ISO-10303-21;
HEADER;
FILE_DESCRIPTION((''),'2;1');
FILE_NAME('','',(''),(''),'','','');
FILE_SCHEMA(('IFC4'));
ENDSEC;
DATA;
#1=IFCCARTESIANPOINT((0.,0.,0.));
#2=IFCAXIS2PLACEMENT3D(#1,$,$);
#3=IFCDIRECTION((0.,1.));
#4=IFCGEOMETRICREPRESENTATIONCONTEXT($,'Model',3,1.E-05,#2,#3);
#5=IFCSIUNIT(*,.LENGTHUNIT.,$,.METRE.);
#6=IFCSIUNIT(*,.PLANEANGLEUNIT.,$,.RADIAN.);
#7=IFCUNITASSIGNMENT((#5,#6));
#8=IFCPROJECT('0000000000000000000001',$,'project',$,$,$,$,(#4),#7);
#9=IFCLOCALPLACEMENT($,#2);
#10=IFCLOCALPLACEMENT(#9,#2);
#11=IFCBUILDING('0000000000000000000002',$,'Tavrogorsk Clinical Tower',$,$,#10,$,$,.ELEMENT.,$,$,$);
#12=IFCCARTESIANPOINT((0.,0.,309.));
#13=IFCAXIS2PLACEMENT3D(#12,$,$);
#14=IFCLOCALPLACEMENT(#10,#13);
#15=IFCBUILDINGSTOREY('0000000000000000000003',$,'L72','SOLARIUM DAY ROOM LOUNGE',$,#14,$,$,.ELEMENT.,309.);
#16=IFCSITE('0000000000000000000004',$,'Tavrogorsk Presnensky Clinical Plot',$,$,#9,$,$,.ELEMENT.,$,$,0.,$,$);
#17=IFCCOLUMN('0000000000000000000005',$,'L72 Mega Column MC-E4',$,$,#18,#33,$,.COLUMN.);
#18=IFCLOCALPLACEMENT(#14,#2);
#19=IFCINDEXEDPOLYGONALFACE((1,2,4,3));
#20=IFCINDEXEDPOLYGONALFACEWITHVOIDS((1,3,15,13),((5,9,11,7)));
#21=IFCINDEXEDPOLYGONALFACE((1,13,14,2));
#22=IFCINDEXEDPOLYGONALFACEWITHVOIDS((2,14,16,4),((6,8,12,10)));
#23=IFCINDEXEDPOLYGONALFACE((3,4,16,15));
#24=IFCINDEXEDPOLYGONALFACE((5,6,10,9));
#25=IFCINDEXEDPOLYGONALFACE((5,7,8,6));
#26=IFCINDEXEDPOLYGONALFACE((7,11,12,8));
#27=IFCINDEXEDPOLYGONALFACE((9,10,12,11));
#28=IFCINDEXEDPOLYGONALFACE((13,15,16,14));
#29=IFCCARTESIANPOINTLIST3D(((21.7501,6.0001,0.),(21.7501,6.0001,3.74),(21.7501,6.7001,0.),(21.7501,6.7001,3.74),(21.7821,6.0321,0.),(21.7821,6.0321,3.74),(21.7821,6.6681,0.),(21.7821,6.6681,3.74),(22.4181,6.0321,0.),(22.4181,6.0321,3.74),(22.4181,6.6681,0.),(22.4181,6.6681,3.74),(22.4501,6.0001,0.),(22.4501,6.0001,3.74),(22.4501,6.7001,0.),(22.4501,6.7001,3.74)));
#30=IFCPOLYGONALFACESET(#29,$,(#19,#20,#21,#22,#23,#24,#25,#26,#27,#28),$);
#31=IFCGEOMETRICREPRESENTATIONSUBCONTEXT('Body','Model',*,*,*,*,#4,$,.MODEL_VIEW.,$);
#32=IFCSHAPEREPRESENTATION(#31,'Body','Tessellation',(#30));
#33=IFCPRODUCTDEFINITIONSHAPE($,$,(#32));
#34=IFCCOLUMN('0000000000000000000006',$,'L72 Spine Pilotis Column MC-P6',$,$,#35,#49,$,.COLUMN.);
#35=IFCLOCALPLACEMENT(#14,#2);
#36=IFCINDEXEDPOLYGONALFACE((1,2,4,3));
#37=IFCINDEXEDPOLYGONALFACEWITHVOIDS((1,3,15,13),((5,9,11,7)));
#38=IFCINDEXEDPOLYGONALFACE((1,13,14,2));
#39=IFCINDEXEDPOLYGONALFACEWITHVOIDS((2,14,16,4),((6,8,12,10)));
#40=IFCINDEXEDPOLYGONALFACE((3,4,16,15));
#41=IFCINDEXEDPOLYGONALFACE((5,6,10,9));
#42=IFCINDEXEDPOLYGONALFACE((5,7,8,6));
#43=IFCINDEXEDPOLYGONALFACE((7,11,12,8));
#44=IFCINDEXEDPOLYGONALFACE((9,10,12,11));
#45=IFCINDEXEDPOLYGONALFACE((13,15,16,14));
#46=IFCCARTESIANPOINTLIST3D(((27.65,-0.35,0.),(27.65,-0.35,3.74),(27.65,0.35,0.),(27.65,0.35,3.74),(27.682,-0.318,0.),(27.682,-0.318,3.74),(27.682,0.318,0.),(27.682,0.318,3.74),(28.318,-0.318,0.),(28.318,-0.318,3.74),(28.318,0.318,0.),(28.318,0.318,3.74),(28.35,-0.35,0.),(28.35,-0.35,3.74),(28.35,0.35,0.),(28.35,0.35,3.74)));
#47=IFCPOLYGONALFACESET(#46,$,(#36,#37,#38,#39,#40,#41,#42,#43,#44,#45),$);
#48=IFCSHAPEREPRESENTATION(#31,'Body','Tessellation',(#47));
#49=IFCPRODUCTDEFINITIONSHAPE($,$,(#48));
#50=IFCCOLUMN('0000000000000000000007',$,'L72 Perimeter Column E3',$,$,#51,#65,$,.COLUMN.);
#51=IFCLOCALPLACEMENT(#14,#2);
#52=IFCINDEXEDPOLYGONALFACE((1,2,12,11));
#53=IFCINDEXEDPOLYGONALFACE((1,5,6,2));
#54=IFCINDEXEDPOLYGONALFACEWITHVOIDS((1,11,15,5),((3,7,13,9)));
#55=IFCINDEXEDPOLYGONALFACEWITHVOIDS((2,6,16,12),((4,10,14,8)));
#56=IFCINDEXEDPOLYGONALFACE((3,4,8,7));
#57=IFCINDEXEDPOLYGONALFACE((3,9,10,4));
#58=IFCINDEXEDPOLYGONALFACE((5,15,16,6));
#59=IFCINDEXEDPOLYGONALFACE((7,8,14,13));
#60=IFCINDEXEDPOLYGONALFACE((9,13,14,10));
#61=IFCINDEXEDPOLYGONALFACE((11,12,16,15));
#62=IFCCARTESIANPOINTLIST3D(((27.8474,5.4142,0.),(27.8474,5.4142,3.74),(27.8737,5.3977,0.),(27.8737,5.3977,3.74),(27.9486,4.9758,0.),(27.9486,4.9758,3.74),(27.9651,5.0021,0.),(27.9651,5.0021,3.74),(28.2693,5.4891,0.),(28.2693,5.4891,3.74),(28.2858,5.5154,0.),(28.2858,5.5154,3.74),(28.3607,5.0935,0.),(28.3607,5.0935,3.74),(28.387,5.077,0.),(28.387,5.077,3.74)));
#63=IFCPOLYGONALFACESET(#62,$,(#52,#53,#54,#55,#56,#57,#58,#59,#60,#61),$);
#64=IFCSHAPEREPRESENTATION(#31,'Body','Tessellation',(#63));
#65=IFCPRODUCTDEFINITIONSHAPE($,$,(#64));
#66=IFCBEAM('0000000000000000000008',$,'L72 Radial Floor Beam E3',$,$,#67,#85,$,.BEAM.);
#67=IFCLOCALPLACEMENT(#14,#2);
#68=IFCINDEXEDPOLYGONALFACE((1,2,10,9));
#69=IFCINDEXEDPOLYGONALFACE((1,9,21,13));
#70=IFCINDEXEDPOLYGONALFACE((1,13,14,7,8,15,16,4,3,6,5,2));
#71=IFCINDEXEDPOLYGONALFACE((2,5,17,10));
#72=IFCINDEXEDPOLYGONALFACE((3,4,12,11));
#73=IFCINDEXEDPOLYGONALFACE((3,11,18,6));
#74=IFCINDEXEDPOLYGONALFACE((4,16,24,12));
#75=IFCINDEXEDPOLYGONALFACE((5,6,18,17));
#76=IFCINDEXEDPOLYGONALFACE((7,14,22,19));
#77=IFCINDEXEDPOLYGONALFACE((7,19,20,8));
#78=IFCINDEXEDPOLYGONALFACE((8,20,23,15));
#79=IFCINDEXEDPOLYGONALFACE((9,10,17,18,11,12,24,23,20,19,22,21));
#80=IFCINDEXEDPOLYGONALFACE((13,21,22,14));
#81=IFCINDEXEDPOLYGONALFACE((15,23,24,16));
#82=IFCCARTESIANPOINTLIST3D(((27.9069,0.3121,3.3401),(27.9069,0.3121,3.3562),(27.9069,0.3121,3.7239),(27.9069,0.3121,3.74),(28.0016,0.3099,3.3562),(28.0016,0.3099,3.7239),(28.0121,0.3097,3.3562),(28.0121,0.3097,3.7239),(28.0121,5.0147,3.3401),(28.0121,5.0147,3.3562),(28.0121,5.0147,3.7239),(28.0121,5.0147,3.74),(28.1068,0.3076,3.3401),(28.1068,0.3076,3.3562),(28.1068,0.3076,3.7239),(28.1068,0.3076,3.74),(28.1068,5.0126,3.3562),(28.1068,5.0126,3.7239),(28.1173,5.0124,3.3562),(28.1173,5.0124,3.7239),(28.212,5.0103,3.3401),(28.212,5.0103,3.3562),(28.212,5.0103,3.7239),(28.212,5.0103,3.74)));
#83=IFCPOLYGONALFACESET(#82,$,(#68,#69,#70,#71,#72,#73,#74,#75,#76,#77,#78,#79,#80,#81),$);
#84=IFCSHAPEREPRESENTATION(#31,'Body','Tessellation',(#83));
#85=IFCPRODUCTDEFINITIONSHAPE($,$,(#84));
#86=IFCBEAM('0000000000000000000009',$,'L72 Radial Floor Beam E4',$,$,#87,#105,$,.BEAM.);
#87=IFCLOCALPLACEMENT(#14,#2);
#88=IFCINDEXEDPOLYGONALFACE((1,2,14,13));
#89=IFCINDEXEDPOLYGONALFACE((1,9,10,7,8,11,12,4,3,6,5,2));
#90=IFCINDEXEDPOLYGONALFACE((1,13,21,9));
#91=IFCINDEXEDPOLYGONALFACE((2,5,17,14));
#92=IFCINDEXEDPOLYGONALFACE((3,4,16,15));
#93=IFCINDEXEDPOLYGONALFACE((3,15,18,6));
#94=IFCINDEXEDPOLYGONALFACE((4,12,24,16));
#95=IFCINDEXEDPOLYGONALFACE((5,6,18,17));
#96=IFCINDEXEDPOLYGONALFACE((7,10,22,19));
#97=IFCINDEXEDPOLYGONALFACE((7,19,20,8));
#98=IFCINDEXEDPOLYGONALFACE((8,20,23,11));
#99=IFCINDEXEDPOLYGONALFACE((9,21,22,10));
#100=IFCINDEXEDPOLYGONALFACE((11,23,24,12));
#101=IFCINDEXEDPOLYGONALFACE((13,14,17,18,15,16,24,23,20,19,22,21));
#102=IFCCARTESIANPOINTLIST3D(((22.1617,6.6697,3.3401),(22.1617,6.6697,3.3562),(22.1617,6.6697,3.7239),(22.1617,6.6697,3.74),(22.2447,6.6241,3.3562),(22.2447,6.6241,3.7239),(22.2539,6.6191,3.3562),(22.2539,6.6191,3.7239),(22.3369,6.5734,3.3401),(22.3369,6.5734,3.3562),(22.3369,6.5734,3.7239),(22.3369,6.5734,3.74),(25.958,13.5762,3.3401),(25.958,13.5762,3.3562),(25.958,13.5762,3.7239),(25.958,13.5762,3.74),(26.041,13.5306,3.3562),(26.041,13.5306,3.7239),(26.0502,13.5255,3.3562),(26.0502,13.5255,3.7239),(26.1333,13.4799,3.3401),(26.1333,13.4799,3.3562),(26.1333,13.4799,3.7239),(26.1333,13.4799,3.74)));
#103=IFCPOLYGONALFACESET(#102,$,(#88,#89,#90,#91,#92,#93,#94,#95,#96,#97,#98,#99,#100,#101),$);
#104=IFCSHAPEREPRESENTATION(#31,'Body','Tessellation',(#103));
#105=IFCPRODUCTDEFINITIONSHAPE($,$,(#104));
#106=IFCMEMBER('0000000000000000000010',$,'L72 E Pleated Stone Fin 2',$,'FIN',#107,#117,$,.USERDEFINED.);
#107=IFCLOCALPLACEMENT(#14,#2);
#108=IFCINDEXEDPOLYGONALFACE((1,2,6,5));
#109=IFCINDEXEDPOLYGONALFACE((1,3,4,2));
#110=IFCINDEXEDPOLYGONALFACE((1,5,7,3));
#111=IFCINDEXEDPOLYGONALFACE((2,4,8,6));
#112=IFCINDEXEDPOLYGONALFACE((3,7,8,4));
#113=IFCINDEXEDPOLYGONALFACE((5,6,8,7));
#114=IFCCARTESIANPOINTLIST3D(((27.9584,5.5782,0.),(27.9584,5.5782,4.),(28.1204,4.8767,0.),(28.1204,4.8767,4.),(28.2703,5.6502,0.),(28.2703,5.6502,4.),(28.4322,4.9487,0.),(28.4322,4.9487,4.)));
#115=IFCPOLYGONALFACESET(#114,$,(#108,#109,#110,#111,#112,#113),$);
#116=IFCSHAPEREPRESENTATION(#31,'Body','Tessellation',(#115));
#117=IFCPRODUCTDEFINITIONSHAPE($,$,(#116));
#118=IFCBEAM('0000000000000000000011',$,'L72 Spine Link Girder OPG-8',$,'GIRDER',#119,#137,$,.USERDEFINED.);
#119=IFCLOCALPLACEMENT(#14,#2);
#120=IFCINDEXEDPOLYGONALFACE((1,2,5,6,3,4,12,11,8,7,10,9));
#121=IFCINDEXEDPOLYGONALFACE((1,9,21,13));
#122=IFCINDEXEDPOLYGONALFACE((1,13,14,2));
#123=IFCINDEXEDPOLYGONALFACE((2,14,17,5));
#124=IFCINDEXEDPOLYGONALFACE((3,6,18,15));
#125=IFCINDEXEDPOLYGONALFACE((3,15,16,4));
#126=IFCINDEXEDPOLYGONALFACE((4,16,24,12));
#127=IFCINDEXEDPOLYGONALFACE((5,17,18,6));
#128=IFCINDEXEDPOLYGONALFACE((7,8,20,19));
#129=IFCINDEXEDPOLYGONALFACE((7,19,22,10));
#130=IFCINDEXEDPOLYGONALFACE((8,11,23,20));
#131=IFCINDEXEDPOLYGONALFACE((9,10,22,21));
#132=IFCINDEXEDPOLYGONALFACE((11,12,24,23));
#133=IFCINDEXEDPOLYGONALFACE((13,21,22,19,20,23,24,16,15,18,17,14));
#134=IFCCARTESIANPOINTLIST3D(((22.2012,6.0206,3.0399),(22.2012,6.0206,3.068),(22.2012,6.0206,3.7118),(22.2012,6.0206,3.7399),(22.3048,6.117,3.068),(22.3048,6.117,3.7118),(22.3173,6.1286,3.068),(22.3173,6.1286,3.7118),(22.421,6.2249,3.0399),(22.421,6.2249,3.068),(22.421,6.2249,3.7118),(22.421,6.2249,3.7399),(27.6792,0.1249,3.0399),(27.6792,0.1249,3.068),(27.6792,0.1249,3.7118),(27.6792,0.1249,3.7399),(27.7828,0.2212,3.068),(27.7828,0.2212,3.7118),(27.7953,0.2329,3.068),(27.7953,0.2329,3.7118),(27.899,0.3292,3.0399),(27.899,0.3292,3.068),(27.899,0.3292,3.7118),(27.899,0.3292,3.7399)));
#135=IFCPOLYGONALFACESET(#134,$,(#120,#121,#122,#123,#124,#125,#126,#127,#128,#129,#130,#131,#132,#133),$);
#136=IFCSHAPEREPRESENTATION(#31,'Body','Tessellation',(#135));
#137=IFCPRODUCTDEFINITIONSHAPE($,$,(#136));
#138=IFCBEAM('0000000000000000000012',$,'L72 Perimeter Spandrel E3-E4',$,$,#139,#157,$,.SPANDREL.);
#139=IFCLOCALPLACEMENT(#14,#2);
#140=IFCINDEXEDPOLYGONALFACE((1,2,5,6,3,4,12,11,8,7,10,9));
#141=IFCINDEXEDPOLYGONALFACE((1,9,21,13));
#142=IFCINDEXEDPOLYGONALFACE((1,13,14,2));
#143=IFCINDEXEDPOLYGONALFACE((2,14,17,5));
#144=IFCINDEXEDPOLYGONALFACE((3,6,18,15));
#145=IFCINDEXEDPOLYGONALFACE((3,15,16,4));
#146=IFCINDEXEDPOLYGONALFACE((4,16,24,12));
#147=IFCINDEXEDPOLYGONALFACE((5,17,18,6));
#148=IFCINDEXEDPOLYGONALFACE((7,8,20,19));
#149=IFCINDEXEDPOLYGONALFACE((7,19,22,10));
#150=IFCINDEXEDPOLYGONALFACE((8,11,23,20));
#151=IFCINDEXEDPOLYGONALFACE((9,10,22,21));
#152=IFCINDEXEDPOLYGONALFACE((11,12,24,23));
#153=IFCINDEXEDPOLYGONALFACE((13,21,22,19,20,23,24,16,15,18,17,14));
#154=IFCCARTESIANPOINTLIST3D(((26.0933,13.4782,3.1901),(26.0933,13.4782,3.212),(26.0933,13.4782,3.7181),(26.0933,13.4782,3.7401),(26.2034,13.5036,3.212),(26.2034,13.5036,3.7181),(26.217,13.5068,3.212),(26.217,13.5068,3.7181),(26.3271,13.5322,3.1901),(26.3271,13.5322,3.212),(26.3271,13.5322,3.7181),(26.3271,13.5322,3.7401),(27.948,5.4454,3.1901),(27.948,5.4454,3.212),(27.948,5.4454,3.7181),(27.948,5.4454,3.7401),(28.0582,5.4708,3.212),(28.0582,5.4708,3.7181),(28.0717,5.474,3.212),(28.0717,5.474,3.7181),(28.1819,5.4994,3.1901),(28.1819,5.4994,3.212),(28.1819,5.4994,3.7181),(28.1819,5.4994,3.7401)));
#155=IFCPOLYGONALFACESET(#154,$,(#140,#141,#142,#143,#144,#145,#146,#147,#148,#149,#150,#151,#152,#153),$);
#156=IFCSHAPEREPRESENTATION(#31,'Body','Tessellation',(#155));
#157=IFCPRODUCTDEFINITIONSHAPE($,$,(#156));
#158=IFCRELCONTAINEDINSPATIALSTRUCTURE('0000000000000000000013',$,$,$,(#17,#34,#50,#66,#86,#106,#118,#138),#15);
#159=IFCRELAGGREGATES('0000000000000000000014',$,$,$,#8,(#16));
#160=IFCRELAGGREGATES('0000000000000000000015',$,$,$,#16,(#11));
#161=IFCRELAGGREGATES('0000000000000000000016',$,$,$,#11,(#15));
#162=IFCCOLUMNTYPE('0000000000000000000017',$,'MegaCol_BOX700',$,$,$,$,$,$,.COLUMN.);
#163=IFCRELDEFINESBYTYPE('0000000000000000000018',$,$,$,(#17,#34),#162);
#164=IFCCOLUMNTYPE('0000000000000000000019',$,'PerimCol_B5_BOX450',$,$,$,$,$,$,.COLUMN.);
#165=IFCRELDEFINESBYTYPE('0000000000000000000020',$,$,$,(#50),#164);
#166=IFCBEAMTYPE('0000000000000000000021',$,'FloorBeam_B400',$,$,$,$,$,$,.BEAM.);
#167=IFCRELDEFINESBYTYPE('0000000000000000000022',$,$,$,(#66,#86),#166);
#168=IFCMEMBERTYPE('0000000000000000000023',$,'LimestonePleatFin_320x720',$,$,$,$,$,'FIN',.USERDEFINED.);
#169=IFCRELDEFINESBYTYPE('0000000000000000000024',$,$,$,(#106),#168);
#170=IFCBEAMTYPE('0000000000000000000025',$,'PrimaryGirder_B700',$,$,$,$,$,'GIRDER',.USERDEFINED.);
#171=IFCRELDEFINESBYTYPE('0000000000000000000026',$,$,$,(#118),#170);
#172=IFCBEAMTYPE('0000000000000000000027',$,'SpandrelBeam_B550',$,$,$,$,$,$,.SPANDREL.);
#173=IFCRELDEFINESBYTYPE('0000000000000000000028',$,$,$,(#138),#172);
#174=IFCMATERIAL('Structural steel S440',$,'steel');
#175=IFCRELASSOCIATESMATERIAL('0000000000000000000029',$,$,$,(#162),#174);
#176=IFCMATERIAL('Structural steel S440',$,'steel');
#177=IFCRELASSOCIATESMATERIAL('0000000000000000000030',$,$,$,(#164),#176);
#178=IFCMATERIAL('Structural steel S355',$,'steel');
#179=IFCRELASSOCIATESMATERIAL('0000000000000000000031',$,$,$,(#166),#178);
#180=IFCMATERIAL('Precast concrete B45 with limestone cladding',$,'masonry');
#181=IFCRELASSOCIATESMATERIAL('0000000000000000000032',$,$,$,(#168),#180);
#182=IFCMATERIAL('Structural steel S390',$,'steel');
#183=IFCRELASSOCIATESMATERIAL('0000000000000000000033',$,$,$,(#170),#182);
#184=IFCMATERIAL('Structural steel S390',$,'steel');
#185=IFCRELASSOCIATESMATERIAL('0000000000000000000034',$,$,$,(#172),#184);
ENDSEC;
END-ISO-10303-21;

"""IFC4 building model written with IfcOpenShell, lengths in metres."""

from ifc_helpers import new_model, si_unit, direction, frame, origin, origin_2d, place, context, subcontext, project, spatial, rectangle, hollow_rectangle, i_section, extrude, material, material_profile, profile_set, type_object, element, save


model = new_model("IFC4")

# Units and contexts
model_context = context("Model", 3, precision=1e-05, world=origin(), true_north=direction((0.0, 1.0)))
body_context = subcontext(model_context, "Body", "Model", "MODEL_VIEW")
ifc_project = project(units=[si_unit("LENGTHUNIT", "METRE"), si_unit("PLANEANGLEUNIT", "RADIAN")], contexts=[model_context])

# Site, building, storey
site_placement = place(None, origin())
site = spatial("IfcSite", under=ifc_project, at=site_placement, Name="Tavrogorsk Presnensky Clinical Plot", CompositionType="ELEMENT", RefElevation=0.0)
building_placement = place(site_placement, origin())
building = spatial("IfcBuilding", under=site, at=building_placement, Name="Tavrogorsk Clinical Tower", CompositionType="ELEMENT")
storey_placement = place(building_placement, frame((0.0, 0.0, 309.0)))
storey = spatial("IfcBuildingStorey", under=building, at=storey_placement, Name="L72", Description="SOLARIUM DAY ROOM LOUNGE", CompositionType="ELEMENT", Elevation=309.0)

# Columns
ifc_material_1 = material(Name="Structural steel S440", Category="steel")
ifc_material_profile_1 = material_profile(ifc_material_1, hollow_rectangle(XDim=0.7, YDim=0.7, WallThickness=0.032, at=origin_2d()), Name="BOX-700x700x32")
ifc_profile_set_1 = profile_set([ifc_material_profile_1], Name="Structural steel S440")
column_type_1 = type_object("IfcColumnType", Name="MegaCol_BOX700", PredefinedType="COLUMN", material=ifc_profile_set_1)
for number, where, z_axis, x_axis, name in (
    (1, (22.1001, 6.3501, 0.0), (0.0, 0.0, 1.0), (1.0, 0.0, 0.0), "L72 Mega Column MC-E4"),
    (2, (28.0, 0.0, 0.0), (0.0, 0.0, 1.0), (1.0, 0.0, 0.0), "L72 Spine Pilotis Column MC-P6"),
):
    element("IfcColumn", number, at=place(storey_placement, frame(where, z_axis=z_axis, x_axis=x_axis)), inside=storey, type_object=column_type_1, Name=name, PredefinedType="COLUMN", context=body_context, shape_type="SweptSolid", body=[
        extrude(hollow_rectangle(XDim=0.7, YDim=0.7, WallThickness=0.032, at=origin_2d()), origin(), (0.0, 0.0, 1.0), 3.74),
    ])
ifc_material_2 = material(Name="Structural steel S440", Category="steel")
ifc_material_profile_2 = material_profile(ifc_material_2, hollow_rectangle(XDim=0.45, YDim=0.45, WallThickness=0.022, at=origin_2d()), Name="BOX-450x450x22")
ifc_profile_set_2 = profile_set([ifc_material_profile_2], Name="Structural steel S440")
column_type_2 = type_object("IfcColumnType", Name="PerimCol_B5_BOX450", PredefinedType="COLUMN", material=ifc_profile_set_2)
column_placement = place(storey_placement, frame((28.1172, 5.2456, 0.0), z_axis=(0.0, 0.0, 1.0), x_axis=(0.97437, 0.224951, 0.0)))
element("IfcColumn", 3, at=column_placement, inside=storey, type_object=column_type_2, Name="L72 Perimeter Column E3", PredefinedType="COLUMN", context=body_context, shape_type="SweptSolid", body=[
    extrude(hollow_rectangle(XDim=0.45, YDim=0.45, WallThickness=0.022, at=origin_2d()), origin(), (0.0, 0.0, 1.0), 3.74),
])

# Beams
ifc_material_3 = material(Name="Structural steel S355", Category="steel")
ifc_material_profile_3 = material_profile(ifc_material_3, i_section(OverallWidth=0.2, OverallDepth=0.3999, WebThickness=0.0105, FlangeThickness=0.0161, at=origin_2d()), Name="B-400x200x10.5x16")
ifc_profile_set_3 = profile_set([ifc_material_profile_3], Name="Structural steel S355")
beam_type_1 = type_object("IfcBeamType", Name="FloorBeam_B400", PredefinedType="BEAM", material=ifc_profile_set_3)
beam_1_placement = place(storey_placement, frame((28.0068, 0.3098, 3.54), z_axis=(0.02237, 0.99975, 0.0), x_axis=(-0.99975, 0.02237, 0.0)))
element("IfcBeam", 4, at=beam_1_placement, inside=storey, type_object=beam_type_1, Name="L72 Radial Floor Beam E3", PredefinedType="BEAM", context=body_context, shape_type="SweptSolid", body=[
    extrude(i_section(OverallWidth=0.2, OverallDepth=0.3999, WebThickness=0.0105, FlangeThickness=0.0161, at=origin_2d()), origin(), (0.0, 0.0, 1.0), 4.7039),
])
beam_2_placement = place(storey_placement, frame((22.2493, 6.6216, 3.54), z_axis=(0.481706, 0.876333, 0.0), x_axis=(-0.876333, 0.481706, 0.0)))
element("IfcBeam", 5, at=beam_2_placement, inside=storey, type_object=beam_type_1, Name="L72 Radial Floor Beam E4", PredefinedType="BEAM", context=body_context, shape_type="SweptSolid", body=[
    extrude(i_section(OverallWidth=0.2, OverallDepth=0.3999, WebThickness=0.0105, FlangeThickness=0.0161, at=origin_2d()), origin(), (0.0, 0.0, 1.0), 7.8811),
])

# Member
ifc_material_4 = material(Name="Precast concrete B45 with limestone cladding", Category="masonry")
ifc_material_profile_4 = material_profile(ifc_material_4, rectangle(XDim=0.3201, YDim=0.72, at=origin_2d()), Name="LIMESTONE-FIN-320x720")
ifc_profile_set_4 = profile_set([ifc_material_profile_4], Name="Precast concrete B45 with limestone cladding")
member_type = type_object("IfcMemberType", Name="LimestonePleatFin_320x720", ElementType="FIN", PredefinedType="USERDEFINED", material=ifc_profile_set_4)
member_placement = place(storey_placement, frame((28.1953, 5.2634, 0.0), z_axis=(0.0, 0.0, 1.0), x_axis=(0.97437, 0.224951, 0.0)))
element("IfcMember", 6, at=member_placement, inside=storey, type_object=member_type, Name="L72 E Pleated Stone Fin 2", ObjectType="FIN", PredefinedType="USERDEFINED", context=body_context, shape_type="SweptSolid", body=[
    extrude(rectangle(XDim=0.3201, YDim=0.72, at=origin_2d()), origin(), (0.0, 0.0, 1.0), 4.0),
])

# Beams
ifc_material_5 = material(Name="Structural steel S390", Category="steel")
ifc_material_profile_5 = material_profile(ifc_material_5, i_section(OverallWidth=0.3, OverallDepth=0.7, WebThickness=0.0171, FlangeThickness=0.0281, at=origin_2d()), Name="B-700x300x17x28")
ifc_profile_set_5 = profile_set([ifc_material_profile_5], Name="Structural steel S390")
beam_type_2 = type_object("IfcBeamType", Name="PrimaryGirder_B700", ElementType="GIRDER", PredefinedType="USERDEFINED", material=ifc_profile_set_5)
beam_3_placement = place(storey_placement, frame((27.7891, 0.2271, 3.3899), z_axis=(-0.680678, 0.732583, 0.0), x_axis=(-0.732583, -0.680678, 0.0)))
element("IfcBeam", 7, at=beam_3_placement, inside=storey, type_object=beam_type_2, Name="L72 Spine Link Girder OPG-8", ObjectType="GIRDER", PredefinedType="USERDEFINED", context=body_context, shape_type="SweptSolid", body=[
    extrude(i_section(OverallWidth=0.3, OverallDepth=0.7, WebThickness=0.0171, FlangeThickness=0.0281, at=origin_2d()), origin(), (0.0, 0.0, 1.0), 8.0479),
])
ifc_material_6 = material(Name="Structural steel S390", Category="steel")
ifc_material_profile_6 = material_profile(ifc_material_6, i_section(OverallWidth=0.24, OverallDepth=0.55, WebThickness=0.0139, FlangeThickness=0.022, at=origin_2d()), Name="B-550x240x14x22")
ifc_profile_set_6 = profile_set([ifc_material_profile_6], Name="Structural steel S390")
beam_type_3 = type_object("IfcBeamType", Name="SpandrelBeam_B550", PredefinedType="SPANDREL", material=ifc_profile_set_6)
beam_4_placement = place(storey_placement, frame((28.0649, 5.4724, 3.4651), z_axis=(-0.224978, 0.974364, 0.0), x_axis=(-0.974364, -0.224978, 0.0)))
element("IfcBeam", 8, at=beam_4_placement, inside=storey, type_object=beam_type_3, Name="L72 Perimeter Spandrel E3-E4", PredefinedType="SPANDREL", context=body_context, shape_type="SweptSolid", body=[
    extrude(i_section(OverallWidth=0.24, OverallDepth=0.55, WebThickness=0.0139, FlangeThickness=0.022, at=origin_2d()), origin(), (0.0, 0.0, 1.0), 8.2441),
])

save(model, "model.ifc")
